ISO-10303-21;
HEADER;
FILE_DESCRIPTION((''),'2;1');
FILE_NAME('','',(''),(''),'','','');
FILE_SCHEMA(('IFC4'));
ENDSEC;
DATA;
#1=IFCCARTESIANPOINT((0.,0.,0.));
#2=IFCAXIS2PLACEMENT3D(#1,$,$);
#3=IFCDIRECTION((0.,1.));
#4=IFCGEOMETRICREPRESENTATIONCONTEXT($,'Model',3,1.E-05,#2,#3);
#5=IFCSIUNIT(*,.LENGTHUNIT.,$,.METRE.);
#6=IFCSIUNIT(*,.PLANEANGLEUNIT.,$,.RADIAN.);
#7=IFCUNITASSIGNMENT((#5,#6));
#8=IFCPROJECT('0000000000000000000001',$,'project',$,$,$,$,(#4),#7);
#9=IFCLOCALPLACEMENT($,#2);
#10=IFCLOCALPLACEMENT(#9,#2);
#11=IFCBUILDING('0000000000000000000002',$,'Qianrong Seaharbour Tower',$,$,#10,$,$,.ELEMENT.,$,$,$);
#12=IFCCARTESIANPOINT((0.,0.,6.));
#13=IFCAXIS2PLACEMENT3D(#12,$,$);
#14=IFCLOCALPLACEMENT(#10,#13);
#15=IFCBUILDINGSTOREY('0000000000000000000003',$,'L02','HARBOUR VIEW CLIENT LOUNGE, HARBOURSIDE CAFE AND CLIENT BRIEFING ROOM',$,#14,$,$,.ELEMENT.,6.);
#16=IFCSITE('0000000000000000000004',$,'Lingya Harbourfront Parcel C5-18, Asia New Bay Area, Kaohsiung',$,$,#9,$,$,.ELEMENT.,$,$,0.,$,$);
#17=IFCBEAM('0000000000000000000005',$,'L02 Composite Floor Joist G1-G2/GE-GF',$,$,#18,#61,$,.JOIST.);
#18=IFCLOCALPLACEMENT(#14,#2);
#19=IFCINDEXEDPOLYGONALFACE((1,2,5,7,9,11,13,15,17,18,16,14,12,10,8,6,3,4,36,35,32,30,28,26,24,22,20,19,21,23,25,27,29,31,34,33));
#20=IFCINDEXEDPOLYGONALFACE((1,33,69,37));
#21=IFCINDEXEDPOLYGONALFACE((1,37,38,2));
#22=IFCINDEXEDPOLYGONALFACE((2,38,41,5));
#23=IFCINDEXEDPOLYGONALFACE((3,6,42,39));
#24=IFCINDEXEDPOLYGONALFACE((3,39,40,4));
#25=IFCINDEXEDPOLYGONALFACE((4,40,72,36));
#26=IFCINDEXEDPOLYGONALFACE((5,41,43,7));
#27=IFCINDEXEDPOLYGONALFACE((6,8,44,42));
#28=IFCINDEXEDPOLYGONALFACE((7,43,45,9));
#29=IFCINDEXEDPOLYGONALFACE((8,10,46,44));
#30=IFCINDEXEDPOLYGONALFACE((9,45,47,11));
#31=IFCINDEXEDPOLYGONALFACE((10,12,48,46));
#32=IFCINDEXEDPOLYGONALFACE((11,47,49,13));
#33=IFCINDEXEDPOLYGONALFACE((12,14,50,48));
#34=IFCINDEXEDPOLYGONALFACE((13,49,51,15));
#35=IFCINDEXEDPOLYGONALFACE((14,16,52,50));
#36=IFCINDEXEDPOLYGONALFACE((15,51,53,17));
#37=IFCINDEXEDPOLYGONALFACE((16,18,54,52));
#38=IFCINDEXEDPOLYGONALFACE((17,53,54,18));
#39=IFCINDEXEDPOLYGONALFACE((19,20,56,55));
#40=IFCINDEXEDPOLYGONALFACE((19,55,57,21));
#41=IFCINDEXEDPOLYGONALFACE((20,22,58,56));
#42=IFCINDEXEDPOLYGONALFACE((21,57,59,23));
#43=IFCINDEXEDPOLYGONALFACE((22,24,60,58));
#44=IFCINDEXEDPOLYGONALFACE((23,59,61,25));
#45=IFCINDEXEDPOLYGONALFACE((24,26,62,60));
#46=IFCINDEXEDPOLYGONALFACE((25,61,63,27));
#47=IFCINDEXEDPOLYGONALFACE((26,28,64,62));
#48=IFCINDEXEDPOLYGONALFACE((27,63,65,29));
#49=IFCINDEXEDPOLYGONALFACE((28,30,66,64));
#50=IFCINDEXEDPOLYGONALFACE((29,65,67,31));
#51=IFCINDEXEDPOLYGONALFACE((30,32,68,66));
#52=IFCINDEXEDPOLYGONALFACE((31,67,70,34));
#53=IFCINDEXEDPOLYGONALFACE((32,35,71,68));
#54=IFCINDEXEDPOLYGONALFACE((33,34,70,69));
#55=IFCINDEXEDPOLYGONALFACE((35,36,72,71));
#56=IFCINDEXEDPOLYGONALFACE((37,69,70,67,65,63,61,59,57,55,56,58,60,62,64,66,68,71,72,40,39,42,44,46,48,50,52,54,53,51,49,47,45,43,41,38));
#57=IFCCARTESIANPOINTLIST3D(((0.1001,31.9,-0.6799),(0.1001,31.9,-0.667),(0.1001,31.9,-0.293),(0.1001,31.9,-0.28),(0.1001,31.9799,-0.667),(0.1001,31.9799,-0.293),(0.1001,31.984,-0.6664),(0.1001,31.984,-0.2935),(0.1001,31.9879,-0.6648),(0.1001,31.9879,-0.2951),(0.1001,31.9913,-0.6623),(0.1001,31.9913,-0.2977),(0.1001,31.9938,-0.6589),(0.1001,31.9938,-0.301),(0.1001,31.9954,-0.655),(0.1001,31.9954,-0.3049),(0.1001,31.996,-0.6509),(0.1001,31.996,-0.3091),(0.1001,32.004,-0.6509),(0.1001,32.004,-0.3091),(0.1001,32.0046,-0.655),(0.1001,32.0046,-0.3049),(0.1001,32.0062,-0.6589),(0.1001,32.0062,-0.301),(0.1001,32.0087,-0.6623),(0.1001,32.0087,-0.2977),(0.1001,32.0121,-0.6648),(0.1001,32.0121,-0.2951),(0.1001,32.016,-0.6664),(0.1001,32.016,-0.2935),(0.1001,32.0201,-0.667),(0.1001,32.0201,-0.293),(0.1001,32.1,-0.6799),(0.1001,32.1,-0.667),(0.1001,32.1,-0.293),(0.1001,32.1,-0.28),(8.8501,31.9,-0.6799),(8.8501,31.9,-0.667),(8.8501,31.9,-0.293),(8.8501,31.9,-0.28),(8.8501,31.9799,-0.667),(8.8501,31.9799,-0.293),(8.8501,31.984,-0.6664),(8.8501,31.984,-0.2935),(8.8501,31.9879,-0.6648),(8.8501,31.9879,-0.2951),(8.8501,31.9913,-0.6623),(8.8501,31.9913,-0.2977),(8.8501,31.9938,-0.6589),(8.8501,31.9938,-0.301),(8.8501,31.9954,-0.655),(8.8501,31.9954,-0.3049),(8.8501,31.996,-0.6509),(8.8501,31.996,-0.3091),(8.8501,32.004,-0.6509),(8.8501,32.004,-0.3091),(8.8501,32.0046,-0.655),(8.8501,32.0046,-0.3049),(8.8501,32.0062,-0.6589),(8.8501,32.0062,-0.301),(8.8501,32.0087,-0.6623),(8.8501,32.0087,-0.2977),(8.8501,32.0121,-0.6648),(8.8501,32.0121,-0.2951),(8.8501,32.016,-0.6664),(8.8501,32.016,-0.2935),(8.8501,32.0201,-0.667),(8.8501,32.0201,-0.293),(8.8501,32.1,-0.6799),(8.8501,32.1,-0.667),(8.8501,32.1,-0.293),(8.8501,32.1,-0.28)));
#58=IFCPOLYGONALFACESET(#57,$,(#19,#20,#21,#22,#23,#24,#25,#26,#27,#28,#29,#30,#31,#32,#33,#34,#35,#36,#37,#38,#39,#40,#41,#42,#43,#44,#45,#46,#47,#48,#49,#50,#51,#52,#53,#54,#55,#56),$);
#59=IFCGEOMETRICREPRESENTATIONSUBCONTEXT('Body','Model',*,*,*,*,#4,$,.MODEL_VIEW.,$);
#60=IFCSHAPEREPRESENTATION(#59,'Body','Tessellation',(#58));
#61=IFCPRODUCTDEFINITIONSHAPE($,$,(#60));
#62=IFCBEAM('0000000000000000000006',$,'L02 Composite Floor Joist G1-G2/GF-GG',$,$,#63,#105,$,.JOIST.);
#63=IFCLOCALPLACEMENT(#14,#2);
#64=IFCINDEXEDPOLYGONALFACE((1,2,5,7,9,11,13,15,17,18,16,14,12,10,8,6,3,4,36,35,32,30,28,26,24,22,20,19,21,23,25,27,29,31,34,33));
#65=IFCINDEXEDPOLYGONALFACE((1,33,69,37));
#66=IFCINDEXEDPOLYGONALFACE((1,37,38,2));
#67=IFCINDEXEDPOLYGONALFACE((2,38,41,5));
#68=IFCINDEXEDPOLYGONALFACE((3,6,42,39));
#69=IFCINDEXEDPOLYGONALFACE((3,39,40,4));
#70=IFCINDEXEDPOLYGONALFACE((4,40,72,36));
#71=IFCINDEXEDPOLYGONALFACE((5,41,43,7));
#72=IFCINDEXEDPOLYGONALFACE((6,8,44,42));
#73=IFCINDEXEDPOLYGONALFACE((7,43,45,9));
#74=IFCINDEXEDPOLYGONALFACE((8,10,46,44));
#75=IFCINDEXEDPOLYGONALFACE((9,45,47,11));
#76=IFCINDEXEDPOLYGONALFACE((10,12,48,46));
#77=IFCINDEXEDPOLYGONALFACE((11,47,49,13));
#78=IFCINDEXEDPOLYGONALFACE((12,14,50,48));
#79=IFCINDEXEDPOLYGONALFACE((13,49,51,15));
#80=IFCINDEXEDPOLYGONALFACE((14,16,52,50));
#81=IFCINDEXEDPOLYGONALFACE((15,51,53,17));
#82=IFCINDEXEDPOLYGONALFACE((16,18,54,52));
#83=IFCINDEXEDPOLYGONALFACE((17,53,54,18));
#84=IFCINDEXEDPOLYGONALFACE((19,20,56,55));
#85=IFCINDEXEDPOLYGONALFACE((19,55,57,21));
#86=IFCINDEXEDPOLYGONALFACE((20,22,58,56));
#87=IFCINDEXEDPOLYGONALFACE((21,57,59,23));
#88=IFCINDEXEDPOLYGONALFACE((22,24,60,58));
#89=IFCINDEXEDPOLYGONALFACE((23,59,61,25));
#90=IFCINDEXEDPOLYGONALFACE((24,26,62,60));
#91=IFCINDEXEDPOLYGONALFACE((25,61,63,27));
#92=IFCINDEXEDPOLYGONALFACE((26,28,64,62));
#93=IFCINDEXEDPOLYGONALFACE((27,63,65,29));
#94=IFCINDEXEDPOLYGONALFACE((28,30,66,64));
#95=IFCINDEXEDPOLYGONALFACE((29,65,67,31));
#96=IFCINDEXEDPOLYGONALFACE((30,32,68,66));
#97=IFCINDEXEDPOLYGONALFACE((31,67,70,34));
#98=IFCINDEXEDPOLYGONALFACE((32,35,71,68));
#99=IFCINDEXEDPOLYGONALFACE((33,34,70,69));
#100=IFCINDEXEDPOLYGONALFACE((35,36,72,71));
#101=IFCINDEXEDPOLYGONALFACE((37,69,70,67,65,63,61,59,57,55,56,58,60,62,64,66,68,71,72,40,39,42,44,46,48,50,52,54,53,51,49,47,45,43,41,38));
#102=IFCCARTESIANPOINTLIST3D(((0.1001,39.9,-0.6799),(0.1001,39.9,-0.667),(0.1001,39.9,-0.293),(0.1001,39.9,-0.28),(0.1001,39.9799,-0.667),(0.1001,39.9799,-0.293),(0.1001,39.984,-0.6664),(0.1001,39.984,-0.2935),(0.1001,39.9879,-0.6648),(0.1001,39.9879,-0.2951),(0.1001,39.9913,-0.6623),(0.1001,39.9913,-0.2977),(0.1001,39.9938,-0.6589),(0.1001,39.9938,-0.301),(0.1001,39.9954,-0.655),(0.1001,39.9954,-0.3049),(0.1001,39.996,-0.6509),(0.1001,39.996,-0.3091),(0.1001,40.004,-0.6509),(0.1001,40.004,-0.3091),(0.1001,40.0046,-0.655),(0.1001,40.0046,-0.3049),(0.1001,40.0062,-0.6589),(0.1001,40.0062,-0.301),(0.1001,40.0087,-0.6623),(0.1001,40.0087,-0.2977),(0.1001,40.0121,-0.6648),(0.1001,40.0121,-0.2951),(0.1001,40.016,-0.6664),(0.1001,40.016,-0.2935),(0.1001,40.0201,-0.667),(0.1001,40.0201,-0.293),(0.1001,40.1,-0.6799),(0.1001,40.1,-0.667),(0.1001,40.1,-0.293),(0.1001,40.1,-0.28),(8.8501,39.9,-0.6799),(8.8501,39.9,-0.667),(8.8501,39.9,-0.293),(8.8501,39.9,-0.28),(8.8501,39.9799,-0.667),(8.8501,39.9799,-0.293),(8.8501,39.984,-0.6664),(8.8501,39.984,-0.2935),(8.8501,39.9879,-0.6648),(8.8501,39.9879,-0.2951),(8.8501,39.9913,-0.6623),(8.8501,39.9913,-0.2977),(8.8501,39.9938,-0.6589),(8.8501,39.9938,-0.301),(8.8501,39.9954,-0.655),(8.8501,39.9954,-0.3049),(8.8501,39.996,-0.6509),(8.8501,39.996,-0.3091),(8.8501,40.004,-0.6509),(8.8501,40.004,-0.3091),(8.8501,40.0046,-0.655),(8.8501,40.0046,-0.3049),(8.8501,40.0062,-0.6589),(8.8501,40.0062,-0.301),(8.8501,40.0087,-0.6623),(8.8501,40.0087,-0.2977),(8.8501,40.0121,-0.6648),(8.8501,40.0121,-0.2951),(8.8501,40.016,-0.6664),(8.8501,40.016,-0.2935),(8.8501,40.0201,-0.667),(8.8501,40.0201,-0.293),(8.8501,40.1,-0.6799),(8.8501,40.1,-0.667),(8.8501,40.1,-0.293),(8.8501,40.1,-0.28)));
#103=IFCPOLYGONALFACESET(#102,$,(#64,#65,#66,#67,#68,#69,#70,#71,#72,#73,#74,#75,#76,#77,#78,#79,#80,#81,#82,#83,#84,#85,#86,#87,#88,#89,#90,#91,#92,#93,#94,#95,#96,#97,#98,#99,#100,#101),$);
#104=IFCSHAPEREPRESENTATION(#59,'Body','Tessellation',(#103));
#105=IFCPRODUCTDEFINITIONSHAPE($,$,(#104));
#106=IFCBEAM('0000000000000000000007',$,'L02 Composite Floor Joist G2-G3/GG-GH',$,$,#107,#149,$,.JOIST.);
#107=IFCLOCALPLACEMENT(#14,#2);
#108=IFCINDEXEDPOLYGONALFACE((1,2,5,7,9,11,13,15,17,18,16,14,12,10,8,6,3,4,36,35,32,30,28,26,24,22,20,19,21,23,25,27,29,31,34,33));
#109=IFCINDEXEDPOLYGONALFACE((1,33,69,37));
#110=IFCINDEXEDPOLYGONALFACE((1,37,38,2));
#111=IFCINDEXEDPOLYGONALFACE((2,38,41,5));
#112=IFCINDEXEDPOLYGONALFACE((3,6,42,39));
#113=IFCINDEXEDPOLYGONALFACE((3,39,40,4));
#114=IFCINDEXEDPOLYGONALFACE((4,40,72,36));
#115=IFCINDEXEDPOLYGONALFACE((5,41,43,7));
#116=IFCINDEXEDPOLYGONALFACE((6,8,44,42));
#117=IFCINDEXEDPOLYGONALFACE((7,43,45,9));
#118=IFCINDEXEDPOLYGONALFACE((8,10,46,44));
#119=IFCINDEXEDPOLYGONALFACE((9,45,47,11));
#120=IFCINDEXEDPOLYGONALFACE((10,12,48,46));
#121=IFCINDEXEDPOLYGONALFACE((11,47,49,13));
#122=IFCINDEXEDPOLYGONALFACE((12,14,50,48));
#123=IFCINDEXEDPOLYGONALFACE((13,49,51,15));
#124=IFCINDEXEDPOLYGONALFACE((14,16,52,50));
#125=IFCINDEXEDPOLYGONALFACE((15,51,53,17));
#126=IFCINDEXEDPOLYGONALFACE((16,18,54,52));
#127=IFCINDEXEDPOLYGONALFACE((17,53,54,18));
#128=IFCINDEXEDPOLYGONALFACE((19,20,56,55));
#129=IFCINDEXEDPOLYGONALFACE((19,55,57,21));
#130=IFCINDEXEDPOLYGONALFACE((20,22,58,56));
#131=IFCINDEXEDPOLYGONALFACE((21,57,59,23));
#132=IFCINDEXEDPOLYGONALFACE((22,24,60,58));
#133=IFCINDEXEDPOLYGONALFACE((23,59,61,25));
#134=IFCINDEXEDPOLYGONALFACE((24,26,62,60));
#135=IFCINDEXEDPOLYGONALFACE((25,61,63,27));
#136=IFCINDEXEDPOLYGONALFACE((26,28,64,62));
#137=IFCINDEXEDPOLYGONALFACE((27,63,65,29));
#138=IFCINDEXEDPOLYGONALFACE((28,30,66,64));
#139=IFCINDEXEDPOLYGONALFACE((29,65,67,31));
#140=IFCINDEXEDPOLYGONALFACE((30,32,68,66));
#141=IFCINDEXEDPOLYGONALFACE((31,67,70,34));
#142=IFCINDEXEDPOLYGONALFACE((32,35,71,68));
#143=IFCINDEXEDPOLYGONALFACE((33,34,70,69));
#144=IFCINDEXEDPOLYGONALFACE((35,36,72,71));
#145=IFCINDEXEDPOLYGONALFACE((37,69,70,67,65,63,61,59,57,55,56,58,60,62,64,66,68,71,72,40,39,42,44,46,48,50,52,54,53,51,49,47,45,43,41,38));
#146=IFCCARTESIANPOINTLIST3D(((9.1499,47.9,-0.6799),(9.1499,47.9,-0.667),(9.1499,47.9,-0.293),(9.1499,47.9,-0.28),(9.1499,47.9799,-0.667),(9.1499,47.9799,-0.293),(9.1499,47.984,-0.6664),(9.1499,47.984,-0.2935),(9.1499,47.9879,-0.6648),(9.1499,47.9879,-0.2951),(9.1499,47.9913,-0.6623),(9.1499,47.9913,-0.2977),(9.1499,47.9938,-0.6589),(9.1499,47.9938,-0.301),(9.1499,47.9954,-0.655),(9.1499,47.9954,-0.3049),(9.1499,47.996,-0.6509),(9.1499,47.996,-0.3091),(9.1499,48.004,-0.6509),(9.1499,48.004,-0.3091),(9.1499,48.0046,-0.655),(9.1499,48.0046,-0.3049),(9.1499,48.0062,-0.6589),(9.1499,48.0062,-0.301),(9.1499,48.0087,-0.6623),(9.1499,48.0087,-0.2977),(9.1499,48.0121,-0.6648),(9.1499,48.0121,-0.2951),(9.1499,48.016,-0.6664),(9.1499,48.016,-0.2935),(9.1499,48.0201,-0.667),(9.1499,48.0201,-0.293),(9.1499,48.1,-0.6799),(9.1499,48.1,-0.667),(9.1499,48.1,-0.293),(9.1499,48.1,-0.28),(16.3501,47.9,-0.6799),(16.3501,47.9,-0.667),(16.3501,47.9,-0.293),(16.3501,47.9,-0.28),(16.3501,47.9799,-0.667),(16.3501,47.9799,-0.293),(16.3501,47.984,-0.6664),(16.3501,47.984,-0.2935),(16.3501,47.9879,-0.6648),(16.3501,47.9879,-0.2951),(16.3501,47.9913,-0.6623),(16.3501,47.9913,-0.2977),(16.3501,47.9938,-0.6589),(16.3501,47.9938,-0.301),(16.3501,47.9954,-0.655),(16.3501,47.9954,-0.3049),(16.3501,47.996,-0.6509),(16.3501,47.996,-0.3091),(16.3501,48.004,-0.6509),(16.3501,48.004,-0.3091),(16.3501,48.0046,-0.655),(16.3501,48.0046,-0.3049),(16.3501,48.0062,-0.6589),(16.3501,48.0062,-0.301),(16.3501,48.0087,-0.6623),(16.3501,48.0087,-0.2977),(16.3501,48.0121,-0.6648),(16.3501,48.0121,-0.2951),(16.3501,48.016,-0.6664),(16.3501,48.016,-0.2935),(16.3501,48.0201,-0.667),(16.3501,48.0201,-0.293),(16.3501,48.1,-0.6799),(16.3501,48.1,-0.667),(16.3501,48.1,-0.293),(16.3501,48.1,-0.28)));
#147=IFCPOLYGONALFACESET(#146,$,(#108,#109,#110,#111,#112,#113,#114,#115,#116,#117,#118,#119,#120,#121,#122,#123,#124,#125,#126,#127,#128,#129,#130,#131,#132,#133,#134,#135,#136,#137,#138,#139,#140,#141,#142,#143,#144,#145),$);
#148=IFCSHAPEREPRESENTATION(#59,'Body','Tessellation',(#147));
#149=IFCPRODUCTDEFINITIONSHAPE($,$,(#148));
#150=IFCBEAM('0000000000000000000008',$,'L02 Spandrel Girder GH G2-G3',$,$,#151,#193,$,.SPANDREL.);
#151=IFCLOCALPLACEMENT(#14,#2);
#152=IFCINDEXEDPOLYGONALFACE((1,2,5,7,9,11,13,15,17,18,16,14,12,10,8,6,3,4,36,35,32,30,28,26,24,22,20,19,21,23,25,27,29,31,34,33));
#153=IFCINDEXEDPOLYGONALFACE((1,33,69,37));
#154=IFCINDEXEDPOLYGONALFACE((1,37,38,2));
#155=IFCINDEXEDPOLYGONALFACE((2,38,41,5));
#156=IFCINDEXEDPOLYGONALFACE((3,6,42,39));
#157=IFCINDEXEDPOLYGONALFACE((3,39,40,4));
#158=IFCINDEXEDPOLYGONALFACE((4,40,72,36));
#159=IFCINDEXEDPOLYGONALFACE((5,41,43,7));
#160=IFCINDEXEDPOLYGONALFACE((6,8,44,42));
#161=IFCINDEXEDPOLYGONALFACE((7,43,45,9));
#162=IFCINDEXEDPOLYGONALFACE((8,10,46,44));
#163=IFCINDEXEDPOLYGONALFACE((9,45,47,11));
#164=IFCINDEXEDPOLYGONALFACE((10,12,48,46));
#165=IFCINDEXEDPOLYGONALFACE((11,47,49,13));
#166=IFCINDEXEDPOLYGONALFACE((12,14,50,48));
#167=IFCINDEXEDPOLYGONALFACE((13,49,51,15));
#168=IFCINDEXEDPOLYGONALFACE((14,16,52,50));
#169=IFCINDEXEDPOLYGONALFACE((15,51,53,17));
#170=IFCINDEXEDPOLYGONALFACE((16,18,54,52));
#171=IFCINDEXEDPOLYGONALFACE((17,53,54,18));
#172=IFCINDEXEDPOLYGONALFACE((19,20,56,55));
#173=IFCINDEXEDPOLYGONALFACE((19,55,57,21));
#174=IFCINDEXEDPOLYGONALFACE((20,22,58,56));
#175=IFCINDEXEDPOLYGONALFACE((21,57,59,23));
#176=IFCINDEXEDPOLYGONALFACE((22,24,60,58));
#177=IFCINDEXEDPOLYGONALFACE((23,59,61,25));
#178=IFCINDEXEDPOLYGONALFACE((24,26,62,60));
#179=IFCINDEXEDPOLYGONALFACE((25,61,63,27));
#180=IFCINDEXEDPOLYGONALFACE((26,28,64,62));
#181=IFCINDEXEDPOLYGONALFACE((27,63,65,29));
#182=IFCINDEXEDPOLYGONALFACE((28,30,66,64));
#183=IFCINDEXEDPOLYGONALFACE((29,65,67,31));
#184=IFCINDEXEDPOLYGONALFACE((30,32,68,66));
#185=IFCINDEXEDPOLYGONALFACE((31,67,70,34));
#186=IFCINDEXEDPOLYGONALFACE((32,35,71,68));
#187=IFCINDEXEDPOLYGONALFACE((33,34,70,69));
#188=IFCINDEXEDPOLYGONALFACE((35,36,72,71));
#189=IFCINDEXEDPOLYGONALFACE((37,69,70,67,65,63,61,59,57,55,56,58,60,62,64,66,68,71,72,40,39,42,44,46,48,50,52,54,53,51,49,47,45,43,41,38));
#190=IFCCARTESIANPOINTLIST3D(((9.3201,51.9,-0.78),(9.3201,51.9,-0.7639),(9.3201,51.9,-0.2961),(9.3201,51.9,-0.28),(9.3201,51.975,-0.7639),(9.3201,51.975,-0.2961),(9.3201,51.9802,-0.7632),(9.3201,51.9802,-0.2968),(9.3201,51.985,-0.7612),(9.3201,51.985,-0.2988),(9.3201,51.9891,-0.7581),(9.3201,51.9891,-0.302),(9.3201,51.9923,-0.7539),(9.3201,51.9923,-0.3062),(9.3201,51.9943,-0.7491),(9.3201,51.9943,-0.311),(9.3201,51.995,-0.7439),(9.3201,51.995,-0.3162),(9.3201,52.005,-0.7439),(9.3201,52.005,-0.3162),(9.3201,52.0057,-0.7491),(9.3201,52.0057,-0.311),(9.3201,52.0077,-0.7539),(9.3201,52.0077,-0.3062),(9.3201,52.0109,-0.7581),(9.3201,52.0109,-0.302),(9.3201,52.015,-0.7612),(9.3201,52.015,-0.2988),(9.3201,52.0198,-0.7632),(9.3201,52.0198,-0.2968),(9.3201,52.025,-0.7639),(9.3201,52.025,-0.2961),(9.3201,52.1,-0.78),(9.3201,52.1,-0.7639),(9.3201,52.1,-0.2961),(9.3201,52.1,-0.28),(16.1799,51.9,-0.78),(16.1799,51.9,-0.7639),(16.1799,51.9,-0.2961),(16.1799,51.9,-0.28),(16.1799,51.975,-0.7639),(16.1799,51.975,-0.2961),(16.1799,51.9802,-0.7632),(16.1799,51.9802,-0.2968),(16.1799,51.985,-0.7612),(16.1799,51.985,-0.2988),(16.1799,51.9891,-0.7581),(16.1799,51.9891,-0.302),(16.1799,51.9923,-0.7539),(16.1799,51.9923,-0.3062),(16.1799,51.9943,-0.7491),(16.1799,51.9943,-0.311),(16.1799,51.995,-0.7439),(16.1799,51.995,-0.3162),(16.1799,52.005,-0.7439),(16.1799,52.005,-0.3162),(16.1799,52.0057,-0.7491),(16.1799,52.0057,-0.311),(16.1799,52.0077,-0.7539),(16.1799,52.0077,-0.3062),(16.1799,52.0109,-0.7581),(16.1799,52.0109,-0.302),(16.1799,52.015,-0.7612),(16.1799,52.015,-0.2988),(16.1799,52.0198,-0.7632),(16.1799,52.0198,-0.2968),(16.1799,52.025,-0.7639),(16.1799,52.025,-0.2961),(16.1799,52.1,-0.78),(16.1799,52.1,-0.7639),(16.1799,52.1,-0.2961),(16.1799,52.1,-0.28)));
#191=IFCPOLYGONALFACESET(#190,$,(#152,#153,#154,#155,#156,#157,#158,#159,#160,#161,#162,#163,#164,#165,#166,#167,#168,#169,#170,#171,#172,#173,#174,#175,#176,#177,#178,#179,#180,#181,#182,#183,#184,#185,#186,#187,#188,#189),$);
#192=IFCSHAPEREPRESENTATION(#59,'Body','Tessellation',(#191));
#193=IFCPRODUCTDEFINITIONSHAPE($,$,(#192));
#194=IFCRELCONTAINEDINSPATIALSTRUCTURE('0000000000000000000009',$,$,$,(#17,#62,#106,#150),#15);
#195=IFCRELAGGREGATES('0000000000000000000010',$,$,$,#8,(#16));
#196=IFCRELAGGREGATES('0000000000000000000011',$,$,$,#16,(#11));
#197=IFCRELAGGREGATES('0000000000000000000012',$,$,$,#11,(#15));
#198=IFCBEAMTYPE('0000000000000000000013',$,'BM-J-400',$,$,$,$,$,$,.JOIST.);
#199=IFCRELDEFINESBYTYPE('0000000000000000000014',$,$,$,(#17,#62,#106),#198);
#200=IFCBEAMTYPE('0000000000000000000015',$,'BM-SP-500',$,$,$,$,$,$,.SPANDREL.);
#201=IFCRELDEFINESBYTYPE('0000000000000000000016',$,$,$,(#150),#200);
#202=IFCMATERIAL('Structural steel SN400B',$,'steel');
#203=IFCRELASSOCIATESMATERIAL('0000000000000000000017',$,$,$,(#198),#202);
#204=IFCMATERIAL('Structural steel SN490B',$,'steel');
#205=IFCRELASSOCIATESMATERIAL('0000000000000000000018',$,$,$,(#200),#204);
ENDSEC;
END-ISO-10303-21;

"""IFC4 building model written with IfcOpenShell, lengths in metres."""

from ifc_helpers import new_model, si_unit, direction, frame, origin, origin_2d, place, context, subcontext, project, spatial, i_section, extrude, material, material_profile, profile_set, type_object, element, save


model = new_model("IFC4")

# Units and contexts
model_context = context("Model", 3, precision=1e-05, world=origin(), true_north=direction((0.0, 1.0)))
body_context = subcontext(model_context, "Body", "Model", "MODEL_VIEW")
ifc_project = project(units=[si_unit("LENGTHUNIT", "METRE"), si_unit("PLANEANGLEUNIT", "RADIAN")], contexts=[model_context])

# Site, building, storey
site_placement = place(None, origin())
site = spatial("IfcSite", under=ifc_project, at=site_placement, Name="Lingya Harbourfront Parcel C5-18, Asia New Bay Area, Kaohsiung", CompositionType="ELEMENT", RefElevation=0.0)
building_placement = place(site_placement, origin())
building = spatial("IfcBuilding", under=site, at=building_placement, Name="Qianrong Seaharbour Tower", CompositionType="ELEMENT")
storey_placement = place(building_placement, frame((0.0, 0.0, 6.0)))
storey = spatial("IfcBuildingStorey", under=building, at=storey_placement, Name="L02", Description="HARBOUR VIEW CLIENT LOUNGE, HARBOURSIDE CAFE AND CLIENT BRIEFING ROOM", CompositionType="ELEMENT", Elevation=6.0)

# Shared definitions
ifc_material_1 = material(Name="Structural steel SN490B", Category="steel")

# Beams
ifc_material_2 = material(Name="Structural steel SN400B", Category="steel")
ifc_material_profile_1 = material_profile(ifc_material_2, i_section(OverallWidth=0.2, OverallDepth=0.3999, WebThickness=0.0081, FlangeThickness=0.0129, FilletRadius=0.0161, at=origin_2d()), Name="H400x200x8x13")
ifc_profile_set_1 = profile_set([ifc_material_profile_1], Name="Structural steel SN400B")
beam_type_1 = type_object("IfcBeamType", Name="BM-J-400", PredefinedType="JOIST", material=ifc_profile_set_1)
for number, where, z_axis, x_axis, name in (
    (1, (0.1001, 32.0, -0.48), (1.0, 0.0, 0.0), (0.0, 1.0, 0.0), "L02 Composite Floor Joist G1-G2/GE-GF"),
    (2, (0.1001, 40.0, -0.48), (1.0, 0.0, 0.0), (0.0, 1.0, 0.0), "L02 Composite Floor Joist G1-G2/GF-GG"),
):
    element("IfcBeam", number, at=place(storey_placement, frame(where, z_axis=z_axis, x_axis=x_axis)), inside=storey, type_object=beam_type_1, Name=name, PredefinedType="JOIST", context=body_context, shape_type="SweptSolid", body=[
        extrude(i_section(OverallWidth=0.2, OverallDepth=0.3999, WebThickness=0.0081, FlangeThickness=0.0129, FilletRadius=0.0161, at=origin_2d()), origin(), (0.0, 0.0, 1.0), 8.75),
    ])
beam_1_placement = place(storey_placement, frame((9.1499, 48.0, -0.48), z_axis=(1.0, 0.0, 0.0), x_axis=(0.0, 1.0, 0.0)))
element("IfcBeam", 3, at=beam_1_placement, inside=storey, type_object=beam_type_1, Name="L02 Composite Floor Joist G2-G3/GG-GH", PredefinedType="JOIST", context=body_context, shape_type="SweptSolid", body=[
    extrude(i_section(OverallWidth=0.2, OverallDepth=0.3999, WebThickness=0.0081, FlangeThickness=0.0129, FilletRadius=0.0161, at=origin_2d()), origin(), (0.0, 0.0, 1.0), 7.2002),
])
ifc_material_profile_2 = material_profile(ifc_material_1, i_section(OverallWidth=0.2, OverallDepth=0.5, WebThickness=0.01, FlangeThickness=0.0161, FilletRadius=0.02, at=origin_2d()), Name="H500x200x10x16")
ifc_profile_set_2 = profile_set([ifc_material_profile_2], Name="Structural steel SN490B")
beam_type_2 = type_object("IfcBeamType", Name="BM-SP-500", PredefinedType="SPANDREL", material=ifc_profile_set_2)
beam_2_placement = place(storey_placement, frame((9.3201, 52.0, -0.53), z_axis=(1.0, 0.0, 0.0), x_axis=(0.0, 1.0, 0.0)))
element("IfcBeam", 4, at=beam_2_placement, inside=storey, type_object=beam_type_2, Name="L02 Spandrel Girder GH G2-G3", PredefinedType="SPANDREL", context=body_context, shape_type="SweptSolid", body=[
    extrude(i_section(OverallWidth=0.2, OverallDepth=0.5, WebThickness=0.01, FlangeThickness=0.0161, FilletRadius=0.02, at=origin_2d()), origin(), (0.0, 0.0, 1.0), 6.8599),
])

save(model, "model.ifc")
